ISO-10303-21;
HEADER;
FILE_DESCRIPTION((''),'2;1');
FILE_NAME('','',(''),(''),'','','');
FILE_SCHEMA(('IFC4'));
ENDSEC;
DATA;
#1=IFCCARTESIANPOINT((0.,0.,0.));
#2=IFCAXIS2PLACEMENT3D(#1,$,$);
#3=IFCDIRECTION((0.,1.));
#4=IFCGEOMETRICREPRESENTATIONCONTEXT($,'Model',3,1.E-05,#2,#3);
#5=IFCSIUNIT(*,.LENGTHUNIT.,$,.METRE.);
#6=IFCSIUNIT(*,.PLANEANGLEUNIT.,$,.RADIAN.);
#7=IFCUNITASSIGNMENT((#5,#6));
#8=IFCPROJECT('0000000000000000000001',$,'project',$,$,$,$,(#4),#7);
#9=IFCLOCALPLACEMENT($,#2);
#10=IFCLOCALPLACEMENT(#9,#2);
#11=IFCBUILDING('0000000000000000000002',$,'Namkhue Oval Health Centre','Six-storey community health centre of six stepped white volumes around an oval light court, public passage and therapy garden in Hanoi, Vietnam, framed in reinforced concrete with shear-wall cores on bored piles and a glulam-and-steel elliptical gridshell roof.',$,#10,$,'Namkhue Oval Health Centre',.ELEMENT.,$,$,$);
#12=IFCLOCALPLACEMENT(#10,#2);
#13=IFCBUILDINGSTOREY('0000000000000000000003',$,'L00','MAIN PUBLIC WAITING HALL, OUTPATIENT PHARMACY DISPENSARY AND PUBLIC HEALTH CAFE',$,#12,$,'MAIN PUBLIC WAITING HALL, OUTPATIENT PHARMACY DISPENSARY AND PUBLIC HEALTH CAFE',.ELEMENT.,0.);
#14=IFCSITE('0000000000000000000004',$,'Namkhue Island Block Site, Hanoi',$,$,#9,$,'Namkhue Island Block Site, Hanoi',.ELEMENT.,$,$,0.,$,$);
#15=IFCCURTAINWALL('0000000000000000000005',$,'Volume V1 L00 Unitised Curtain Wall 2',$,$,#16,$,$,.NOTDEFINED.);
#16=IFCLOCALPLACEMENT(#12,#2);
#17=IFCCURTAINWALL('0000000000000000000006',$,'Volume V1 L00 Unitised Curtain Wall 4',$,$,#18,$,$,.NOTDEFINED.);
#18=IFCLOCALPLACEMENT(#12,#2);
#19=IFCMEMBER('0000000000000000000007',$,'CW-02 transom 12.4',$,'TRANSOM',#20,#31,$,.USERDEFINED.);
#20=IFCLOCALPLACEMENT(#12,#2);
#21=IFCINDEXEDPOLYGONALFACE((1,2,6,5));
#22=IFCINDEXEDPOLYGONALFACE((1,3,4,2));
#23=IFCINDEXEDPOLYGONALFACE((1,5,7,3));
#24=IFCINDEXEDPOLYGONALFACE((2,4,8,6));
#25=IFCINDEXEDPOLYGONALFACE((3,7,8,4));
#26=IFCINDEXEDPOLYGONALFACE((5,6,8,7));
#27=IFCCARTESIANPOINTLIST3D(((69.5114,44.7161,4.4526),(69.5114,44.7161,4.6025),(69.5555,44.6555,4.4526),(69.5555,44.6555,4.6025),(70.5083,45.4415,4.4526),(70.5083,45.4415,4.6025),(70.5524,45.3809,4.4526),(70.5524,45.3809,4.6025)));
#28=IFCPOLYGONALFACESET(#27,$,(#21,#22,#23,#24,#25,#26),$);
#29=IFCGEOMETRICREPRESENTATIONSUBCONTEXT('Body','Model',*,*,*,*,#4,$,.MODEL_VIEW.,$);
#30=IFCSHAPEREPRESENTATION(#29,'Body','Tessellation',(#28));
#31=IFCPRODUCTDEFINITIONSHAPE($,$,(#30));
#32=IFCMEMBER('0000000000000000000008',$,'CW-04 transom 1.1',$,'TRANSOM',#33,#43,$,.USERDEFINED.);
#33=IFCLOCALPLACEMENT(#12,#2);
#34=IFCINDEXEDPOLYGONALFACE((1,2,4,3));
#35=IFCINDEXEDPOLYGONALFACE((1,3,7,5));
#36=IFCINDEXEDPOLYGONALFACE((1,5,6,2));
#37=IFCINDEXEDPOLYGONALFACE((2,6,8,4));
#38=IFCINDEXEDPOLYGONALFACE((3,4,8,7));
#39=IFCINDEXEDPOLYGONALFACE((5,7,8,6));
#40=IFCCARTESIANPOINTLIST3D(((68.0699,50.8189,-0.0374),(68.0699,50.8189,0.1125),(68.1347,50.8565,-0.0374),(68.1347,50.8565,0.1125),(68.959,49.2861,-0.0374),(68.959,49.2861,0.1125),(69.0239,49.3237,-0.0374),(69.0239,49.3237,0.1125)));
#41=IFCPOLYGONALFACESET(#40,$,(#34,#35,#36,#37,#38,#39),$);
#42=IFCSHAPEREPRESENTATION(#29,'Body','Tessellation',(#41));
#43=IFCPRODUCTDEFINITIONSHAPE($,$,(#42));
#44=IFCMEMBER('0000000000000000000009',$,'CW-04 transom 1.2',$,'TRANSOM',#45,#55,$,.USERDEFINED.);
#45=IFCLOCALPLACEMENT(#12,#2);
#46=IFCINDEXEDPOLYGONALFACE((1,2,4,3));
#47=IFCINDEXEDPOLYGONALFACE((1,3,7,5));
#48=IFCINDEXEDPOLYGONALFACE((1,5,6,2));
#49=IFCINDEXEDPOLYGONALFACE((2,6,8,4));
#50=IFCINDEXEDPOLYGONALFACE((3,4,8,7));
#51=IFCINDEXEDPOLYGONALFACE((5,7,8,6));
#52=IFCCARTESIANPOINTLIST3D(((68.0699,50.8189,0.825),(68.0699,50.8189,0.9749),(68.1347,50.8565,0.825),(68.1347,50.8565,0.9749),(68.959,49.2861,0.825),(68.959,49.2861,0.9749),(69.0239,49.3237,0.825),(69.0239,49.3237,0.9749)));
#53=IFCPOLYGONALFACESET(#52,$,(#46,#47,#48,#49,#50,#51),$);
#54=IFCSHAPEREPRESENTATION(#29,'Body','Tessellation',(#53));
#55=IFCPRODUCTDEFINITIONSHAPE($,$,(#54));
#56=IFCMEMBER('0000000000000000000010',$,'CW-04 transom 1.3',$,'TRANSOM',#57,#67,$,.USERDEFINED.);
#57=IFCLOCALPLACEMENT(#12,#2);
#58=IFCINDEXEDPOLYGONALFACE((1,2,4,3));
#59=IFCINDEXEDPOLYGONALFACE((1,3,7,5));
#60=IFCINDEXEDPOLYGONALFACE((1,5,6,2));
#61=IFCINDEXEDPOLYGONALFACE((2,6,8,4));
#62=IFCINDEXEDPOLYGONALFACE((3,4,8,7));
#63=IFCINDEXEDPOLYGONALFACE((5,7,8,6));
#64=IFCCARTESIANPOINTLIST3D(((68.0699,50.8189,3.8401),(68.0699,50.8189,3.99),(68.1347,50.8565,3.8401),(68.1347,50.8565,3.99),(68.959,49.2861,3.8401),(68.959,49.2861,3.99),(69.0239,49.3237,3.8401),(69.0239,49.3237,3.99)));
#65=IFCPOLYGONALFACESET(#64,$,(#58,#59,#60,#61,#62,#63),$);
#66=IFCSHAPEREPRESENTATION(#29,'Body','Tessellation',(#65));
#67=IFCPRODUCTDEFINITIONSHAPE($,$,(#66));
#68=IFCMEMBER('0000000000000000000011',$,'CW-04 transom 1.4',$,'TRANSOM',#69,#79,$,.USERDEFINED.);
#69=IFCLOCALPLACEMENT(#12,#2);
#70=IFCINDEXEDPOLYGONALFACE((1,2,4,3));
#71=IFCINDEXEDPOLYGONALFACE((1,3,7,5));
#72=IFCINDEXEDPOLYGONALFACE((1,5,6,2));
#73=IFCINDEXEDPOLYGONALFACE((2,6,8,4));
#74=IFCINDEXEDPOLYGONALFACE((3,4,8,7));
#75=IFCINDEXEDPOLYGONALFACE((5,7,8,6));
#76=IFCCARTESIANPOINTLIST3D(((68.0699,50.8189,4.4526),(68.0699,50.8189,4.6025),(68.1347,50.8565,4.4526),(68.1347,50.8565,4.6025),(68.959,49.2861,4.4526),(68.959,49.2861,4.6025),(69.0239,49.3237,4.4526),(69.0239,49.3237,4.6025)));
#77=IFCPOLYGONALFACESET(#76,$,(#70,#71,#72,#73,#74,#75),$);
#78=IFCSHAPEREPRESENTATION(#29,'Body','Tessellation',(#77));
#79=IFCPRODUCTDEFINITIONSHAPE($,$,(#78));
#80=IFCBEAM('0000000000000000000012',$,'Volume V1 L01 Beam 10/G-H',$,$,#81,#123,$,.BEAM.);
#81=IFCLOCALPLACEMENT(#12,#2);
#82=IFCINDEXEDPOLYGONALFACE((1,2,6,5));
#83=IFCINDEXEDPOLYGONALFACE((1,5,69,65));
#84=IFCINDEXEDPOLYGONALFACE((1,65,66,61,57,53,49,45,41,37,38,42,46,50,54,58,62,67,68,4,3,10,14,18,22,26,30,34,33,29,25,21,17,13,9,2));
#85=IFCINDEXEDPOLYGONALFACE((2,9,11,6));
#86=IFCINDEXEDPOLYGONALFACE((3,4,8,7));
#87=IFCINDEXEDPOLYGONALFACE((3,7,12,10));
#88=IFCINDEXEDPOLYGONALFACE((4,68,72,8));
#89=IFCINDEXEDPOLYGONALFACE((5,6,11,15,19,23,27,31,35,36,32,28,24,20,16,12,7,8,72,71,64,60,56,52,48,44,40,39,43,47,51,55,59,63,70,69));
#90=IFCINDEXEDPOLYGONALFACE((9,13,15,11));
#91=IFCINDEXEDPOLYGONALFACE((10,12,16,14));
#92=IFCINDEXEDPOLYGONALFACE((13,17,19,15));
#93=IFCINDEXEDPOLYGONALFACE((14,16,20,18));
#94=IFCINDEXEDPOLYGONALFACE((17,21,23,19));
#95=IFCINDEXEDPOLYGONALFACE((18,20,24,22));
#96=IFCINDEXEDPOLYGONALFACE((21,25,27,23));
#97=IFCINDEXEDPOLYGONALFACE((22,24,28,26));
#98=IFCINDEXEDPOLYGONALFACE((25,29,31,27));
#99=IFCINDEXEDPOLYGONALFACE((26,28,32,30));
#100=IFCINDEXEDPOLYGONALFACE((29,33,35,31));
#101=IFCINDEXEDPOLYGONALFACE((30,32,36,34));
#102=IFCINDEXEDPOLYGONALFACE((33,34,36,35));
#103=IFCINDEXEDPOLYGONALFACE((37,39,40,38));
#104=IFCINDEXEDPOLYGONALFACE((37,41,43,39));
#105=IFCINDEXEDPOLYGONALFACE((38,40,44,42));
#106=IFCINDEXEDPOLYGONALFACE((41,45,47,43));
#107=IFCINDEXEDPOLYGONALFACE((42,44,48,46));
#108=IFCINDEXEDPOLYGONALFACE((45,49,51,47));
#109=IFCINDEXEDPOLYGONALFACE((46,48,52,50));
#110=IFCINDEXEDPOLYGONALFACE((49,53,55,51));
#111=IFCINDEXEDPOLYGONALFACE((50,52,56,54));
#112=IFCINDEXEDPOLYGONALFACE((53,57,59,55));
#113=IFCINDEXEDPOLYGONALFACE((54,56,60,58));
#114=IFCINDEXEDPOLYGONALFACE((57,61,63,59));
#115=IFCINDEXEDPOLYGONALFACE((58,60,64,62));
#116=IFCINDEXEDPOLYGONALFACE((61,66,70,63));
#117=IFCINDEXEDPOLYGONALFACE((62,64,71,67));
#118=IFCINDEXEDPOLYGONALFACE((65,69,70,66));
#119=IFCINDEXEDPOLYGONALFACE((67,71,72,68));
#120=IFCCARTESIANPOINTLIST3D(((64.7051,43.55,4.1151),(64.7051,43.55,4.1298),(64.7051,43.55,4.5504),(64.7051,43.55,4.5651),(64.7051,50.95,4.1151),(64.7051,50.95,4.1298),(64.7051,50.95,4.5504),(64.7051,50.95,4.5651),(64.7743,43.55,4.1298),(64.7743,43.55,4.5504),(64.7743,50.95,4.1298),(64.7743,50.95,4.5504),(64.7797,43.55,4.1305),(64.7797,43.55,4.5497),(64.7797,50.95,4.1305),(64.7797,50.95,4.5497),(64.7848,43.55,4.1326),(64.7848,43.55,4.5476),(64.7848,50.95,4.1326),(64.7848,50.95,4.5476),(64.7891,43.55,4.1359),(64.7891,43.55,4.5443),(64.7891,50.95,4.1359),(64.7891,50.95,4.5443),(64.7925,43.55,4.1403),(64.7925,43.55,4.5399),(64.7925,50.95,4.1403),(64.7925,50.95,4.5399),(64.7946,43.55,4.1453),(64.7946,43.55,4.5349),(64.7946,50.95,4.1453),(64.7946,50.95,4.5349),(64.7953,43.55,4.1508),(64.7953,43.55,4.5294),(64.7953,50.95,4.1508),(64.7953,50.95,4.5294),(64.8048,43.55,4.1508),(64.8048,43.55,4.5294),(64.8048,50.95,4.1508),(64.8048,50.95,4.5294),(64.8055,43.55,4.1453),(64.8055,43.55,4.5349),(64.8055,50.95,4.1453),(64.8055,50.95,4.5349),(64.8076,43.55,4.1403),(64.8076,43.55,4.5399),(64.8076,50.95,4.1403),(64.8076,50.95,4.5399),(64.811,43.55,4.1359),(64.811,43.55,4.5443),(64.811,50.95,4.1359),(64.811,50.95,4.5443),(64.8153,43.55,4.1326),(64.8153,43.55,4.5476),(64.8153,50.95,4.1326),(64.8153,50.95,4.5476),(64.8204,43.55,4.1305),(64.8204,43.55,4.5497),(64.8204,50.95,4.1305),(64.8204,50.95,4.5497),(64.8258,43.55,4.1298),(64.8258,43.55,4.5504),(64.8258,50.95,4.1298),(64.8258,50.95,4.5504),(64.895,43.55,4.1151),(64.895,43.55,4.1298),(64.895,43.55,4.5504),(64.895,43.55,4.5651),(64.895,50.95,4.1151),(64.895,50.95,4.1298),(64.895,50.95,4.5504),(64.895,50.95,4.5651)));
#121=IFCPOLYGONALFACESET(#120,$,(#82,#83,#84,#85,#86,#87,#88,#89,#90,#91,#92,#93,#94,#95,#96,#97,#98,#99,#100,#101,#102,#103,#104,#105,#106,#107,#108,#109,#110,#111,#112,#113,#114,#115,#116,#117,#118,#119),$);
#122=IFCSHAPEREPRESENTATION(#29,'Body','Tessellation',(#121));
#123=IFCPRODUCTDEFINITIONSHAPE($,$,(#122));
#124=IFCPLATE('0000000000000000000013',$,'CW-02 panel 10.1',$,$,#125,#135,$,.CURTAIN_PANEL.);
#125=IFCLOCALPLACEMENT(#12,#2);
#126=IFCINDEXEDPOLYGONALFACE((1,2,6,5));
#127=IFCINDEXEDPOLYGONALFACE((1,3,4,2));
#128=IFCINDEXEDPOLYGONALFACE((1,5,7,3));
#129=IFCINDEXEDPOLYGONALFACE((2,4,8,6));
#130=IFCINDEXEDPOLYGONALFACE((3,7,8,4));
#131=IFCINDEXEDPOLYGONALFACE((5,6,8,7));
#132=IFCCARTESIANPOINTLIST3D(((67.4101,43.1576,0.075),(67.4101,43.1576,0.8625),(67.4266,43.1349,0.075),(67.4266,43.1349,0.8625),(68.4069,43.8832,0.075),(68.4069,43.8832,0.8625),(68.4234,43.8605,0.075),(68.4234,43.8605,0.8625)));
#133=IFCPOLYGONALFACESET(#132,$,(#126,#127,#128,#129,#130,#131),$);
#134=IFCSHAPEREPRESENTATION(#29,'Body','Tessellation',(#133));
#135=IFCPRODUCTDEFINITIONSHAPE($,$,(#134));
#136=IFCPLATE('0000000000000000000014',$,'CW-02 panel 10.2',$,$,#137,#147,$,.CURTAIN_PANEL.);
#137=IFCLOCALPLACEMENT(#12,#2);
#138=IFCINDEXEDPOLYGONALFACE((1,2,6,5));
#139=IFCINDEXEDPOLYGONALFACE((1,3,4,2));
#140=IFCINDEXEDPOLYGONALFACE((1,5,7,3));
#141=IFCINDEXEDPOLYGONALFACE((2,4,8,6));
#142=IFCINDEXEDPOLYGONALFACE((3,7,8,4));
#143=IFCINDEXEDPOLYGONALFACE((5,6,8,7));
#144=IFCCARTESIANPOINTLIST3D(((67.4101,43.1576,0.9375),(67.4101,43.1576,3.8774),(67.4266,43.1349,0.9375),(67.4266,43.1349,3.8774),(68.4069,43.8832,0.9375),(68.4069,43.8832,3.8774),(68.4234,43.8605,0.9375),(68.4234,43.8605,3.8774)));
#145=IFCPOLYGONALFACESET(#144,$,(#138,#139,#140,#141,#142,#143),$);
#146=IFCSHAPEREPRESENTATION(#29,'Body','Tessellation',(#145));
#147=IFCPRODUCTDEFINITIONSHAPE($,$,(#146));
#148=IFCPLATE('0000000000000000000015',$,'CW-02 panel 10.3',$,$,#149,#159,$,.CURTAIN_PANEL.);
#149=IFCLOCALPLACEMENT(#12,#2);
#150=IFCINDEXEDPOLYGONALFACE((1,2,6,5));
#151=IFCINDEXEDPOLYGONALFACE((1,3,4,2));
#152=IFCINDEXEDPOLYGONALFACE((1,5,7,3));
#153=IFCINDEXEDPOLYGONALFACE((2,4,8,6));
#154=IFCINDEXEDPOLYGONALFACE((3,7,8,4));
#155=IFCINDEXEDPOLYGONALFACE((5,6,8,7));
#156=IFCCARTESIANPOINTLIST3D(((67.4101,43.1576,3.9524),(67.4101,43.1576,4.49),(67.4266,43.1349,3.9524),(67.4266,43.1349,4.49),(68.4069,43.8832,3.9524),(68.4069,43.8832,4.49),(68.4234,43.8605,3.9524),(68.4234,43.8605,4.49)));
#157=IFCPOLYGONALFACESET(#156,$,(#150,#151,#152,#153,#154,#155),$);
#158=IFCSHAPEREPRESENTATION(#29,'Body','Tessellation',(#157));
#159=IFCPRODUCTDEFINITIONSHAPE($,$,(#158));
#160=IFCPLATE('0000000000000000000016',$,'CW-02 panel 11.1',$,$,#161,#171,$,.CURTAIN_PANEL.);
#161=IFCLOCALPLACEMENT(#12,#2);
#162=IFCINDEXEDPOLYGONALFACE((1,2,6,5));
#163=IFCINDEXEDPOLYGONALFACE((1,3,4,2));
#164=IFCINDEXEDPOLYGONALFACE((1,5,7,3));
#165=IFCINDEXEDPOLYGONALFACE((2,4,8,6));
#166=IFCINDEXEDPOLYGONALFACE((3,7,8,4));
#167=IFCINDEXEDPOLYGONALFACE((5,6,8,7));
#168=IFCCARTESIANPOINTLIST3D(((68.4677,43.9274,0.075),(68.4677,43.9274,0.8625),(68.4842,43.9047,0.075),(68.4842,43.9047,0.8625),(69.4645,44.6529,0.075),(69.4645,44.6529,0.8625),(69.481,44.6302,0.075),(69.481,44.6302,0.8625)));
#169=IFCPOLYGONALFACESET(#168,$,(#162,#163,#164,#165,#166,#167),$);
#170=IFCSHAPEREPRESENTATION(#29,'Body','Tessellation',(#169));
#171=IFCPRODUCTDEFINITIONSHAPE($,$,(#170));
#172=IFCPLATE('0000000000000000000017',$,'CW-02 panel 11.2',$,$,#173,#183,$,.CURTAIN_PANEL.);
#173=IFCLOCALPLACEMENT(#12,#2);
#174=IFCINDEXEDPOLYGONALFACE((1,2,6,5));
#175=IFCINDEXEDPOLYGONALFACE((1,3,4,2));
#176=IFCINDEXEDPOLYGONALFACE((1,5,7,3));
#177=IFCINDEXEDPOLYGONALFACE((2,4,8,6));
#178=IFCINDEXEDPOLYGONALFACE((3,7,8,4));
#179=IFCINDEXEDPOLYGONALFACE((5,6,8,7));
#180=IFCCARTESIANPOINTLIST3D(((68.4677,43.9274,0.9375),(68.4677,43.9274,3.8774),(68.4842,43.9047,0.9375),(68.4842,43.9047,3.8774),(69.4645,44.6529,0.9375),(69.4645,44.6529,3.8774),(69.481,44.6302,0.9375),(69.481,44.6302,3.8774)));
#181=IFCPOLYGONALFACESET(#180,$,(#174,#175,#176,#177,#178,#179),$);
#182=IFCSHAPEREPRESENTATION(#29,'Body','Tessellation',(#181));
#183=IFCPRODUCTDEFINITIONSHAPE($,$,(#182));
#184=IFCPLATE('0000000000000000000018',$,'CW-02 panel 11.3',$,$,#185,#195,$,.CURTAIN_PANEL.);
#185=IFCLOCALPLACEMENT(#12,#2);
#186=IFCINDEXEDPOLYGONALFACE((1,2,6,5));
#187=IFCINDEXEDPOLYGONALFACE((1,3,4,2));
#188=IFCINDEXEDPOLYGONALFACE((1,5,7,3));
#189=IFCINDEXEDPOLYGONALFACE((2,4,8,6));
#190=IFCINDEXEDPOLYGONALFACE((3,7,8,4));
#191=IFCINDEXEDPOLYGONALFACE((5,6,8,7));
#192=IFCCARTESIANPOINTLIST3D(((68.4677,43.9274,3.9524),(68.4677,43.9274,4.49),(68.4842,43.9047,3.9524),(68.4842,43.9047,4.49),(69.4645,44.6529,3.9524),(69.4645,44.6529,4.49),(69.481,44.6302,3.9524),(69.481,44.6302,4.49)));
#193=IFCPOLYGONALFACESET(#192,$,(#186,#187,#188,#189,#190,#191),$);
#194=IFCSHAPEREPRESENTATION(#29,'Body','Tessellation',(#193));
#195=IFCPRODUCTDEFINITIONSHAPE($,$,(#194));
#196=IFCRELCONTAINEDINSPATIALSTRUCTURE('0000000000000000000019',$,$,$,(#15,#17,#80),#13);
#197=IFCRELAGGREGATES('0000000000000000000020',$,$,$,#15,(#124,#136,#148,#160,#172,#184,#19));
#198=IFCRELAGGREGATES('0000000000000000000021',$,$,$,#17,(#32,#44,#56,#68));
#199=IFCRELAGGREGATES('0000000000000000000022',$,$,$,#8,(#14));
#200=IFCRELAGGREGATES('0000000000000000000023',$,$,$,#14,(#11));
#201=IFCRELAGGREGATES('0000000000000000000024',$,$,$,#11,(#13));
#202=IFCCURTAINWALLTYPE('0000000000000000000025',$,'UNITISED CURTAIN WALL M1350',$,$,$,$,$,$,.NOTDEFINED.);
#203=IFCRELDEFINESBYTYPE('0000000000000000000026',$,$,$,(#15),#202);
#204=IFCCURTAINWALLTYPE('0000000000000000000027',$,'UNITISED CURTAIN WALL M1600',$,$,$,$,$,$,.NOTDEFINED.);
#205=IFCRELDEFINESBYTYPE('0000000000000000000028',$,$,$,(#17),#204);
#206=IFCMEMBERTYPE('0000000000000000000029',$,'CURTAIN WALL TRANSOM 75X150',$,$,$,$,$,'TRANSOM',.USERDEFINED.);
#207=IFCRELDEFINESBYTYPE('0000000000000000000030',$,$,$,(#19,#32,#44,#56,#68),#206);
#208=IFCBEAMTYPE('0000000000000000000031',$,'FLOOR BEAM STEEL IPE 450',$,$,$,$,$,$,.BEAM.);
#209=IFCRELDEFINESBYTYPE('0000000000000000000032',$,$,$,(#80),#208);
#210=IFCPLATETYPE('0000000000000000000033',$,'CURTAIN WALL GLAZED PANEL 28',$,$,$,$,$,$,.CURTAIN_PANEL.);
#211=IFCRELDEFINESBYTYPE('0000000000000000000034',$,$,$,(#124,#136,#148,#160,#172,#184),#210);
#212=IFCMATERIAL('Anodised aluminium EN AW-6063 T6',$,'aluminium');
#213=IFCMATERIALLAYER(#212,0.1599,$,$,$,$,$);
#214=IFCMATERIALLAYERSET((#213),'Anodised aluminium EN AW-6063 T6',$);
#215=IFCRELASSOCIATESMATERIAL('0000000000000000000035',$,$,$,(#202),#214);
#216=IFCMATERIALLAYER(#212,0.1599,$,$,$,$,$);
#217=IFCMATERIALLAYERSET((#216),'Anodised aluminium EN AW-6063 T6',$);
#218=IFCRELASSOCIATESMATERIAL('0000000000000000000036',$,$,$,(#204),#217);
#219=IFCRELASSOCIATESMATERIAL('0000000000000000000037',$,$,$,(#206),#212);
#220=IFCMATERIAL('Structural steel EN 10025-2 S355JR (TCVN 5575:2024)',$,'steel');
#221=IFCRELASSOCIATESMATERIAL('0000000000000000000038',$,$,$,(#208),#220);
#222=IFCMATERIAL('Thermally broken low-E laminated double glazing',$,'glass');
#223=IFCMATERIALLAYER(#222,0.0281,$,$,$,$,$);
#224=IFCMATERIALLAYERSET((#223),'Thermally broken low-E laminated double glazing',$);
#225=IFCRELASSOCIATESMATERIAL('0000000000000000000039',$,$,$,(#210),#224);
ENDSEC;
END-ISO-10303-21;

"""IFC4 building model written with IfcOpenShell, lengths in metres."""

from ifc_helpers import new_model, si_unit, direction, frame, origin, origin_2d, place, context, subcontext, project, spatial, rectangle, i_section, extrude, material, layer, layer_set, material_profile, profile_set, type_object, element, aggregate, save


model = new_model("IFC4")

# Units and contexts
model_context = context("Model", 3, precision=1e-05, world=origin(), true_north=direction((0.0, 1.0)))
body_context = subcontext(model_context, "Body", "Model", "MODEL_VIEW")
ifc_project = project(units=[si_unit("LENGTHUNIT", "METRE"), si_unit("PLANEANGLEUNIT", "RADIAN")], contexts=[model_context])

# Site, building, storey
site_placement = place(None, origin())
site = spatial("IfcSite", under=ifc_project, at=site_placement, Name="Namkhue Island Block Site, Hanoi", LongName="Namkhue Island Block Site, Hanoi", CompositionType="ELEMENT", RefElevation=0.0)
building_placement = place(site_placement, origin())
building = spatial("IfcBuilding", under=site, at=building_placement, Name="Namkhue Oval Health Centre", Description="Six-storey community health centre of six stepped white volumes around an oval light court, public passage and therapy garden in Hanoi, Vietnam, framed in reinforced concrete with shear-wall cores on bored piles and a glulam-and-steel elliptical gridshell roof.", LongName="Namkhue Oval Health Centre", CompositionType="ELEMENT")
storey_placement = place(building_placement, origin())
storey = spatial("IfcBuildingStorey", under=building, at=storey_placement, Name="L00", Description="MAIN PUBLIC WAITING HALL, OUTPATIENT PHARMACY DISPENSARY AND PUBLIC HEALTH CAFE", LongName="MAIN PUBLIC WAITING HALL, OUTPATIENT PHARMACY DISPENSARY AND PUBLIC HEALTH CAFE", CompositionType="ELEMENT", Elevation=0.0)

# Shared definitions
ifc_material_1 = material(Name="Anodised aluminium EN AW-6063 T6", Category="aluminium")

# Curtain walls
ifc_layer_1 = layer(ifc_material_1, 0.1599)
ifc_layer_set_1 = layer_set([ifc_layer_1], Name="Anodised aluminium EN AW-6063 T6")
curtain_wall_type_1 = type_object("IfcCurtainWallType", Name="UNITISED CURTAIN WALL M1350", PredefinedType="NOTDEFINED", material=ifc_layer_set_1)
curtain_wall_1_placement = place(storey_placement, origin())
curtain_wall_1 = element("IfcCurtainWall", 1, at=curtain_wall_1_placement, inside=storey, type_object=curtain_wall_type_1, Name="Volume V1 L00 Unitised Curtain Wall 2", PredefinedType="NOTDEFINED")
ifc_layer_2 = layer(ifc_material_1, 0.1599)
ifc_layer_set_2 = layer_set([ifc_layer_2], Name="Anodised aluminium EN AW-6063 T6")
curtain_wall_type_2 = type_object("IfcCurtainWallType", Name="UNITISED CURTAIN WALL M1600", PredefinedType="NOTDEFINED", material=ifc_layer_set_2)
curtain_wall_2_placement = place(storey_placement, origin())
curtain_wall_2 = element("IfcCurtainWall", 2, at=curtain_wall_2_placement, inside=storey, type_object=curtain_wall_type_2, Name="Volume V1 L00 Unitised Curtain Wall 4", PredefinedType="NOTDEFINED")

# Members
ifc_material_profile_1 = material_profile(ifc_material_1, rectangle(XDim=0.075, YDim=0.1499, at=origin_2d()), Name="ALU 75x150")
ifc_profile_set_1 = profile_set([ifc_material_profile_1], Name="Anodised aluminium EN AW-6063 T6")
member_type_1 = type_object("IfcMemberType", Name="CURTAIN WALL TRANSOM 75X150", ElementType="TRANSOM", PredefinedType="USERDEFINED", material=ifc_profile_set_1)
member_1_placement = place(storey_placement, frame((69.5334, 44.6858, 4.5276), z_axis=(0.80859, 0.588372, 0.0), x_axis=(-0.588372, 0.80859, 0.0)))
member_1 = element("IfcMember", 3, at=member_1_placement, type_object=member_type_1, Name="CW-02 transom 12.4", ObjectType="TRANSOM", PredefinedType="USERDEFINED", context=body_context, shape_type="SweptSolid", body=[
    extrude(rectangle(XDim=0.075, YDim=0.1499, at=origin_2d()), origin(), (0.0, 0.0, 1.0), 1.2329),
])
member_2_placement = place(storey_placement, frame((68.9915, 49.3049, 0.0376), z_axis=(-0.501796, 0.864986, 0.0), x_axis=(-0.864986, -0.501796, 0.0)))
member_2 = element("IfcMember", 4, at=member_2_placement, type_object=member_type_1, Name="CW-04 transom 1.1", ObjectType="TRANSOM", PredefinedType="USERDEFINED", context=body_context, shape_type="SweptSolid", body=[
    extrude(rectangle(XDim=0.075, YDim=0.1499, at=origin_2d()), origin(), (0.0, 0.0, 1.0), 1.772),
])
member_3_placement = place(storey_placement, frame((68.9915, 49.3049, 0.8999), z_axis=(-0.501796, 0.864986, 0.0), x_axis=(-0.864986, -0.501796, 0.0)))
member_3 = element("IfcMember", 5, at=member_3_placement, type_object=member_type_1, Name="CW-04 transom 1.2", ObjectType="TRANSOM", PredefinedType="USERDEFINED", context=body_context, shape_type="SweptSolid", body=[
    extrude(rectangle(XDim=0.075, YDim=0.1499, at=origin_2d()), origin(), (0.0, 0.0, 1.0), 1.772),
])
member_4_placement = place(storey_placement, frame((68.9915, 49.3049, 3.915), z_axis=(-0.501796, 0.864986, 0.0), x_axis=(-0.864986, -0.501796, 0.0)))
member_4 = element("IfcMember", 6, at=member_4_placement, type_object=member_type_1, Name="CW-04 transom 1.3", ObjectType="TRANSOM", PredefinedType="USERDEFINED", context=body_context, shape_type="SweptSolid", body=[
    extrude(rectangle(XDim=0.075, YDim=0.1499, at=origin_2d()), origin(), (0.0, 0.0, 1.0), 1.772),
])
member_5_placement = place(storey_placement, frame((68.9915, 49.3049, 4.5276), z_axis=(-0.501796, 0.864986, 0.0), x_axis=(-0.864986, -0.501796, 0.0)))
member_5 = element("IfcMember", 7, at=member_5_placement, type_object=member_type_1, Name="CW-04 transom 1.4", ObjectType="TRANSOM", PredefinedType="USERDEFINED", context=body_context, shape_type="SweptSolid", body=[
    extrude(rectangle(XDim=0.075, YDim=0.1499, at=origin_2d()), origin(), (0.0, 0.0, 1.0), 1.772),
])

# Beam
ifc_material_2 = material(Name="Structural steel EN 10025-2 S355JR (TCVN 5575:2024)", Category="steel")
ifc_material_profile_2 = material_profile(ifc_material_2, i_section(OverallWidth=0.1899, OverallDepth=0.45, WebThickness=0.0095, FlangeThickness=0.0146, FilletRadius=0.021, at=origin_2d()), Name="IPE 450")
ifc_profile_set_2 = profile_set([ifc_material_profile_2], Name="Structural steel EN 10025-2 S355JR (TCVN 5575:2024)")
beam_type = type_object("IfcBeamType", Name="FLOOR BEAM STEEL IPE 450", PredefinedType="BEAM", material=ifc_profile_set_2)
beam_placement = place(storey_placement, frame((64.8, 43.55, 4.3401), z_axis=(0.0, 1.0, 0.0), x_axis=(-1.0, 0.0, 0.0)))
element("IfcBeam", 8, at=beam_placement, inside=storey, type_object=beam_type, Name="Volume V1 L01 Beam 10/G-H", PredefinedType="BEAM", context=body_context, shape_type="SweptSolid", body=[
    extrude(i_section(OverallWidth=0.1899, OverallDepth=0.45, WebThickness=0.0095, FlangeThickness=0.0146, FilletRadius=0.021, at=origin_2d()), origin(), (0.0, 0.0, 1.0), 7.3999),
])

# Plates
ifc_material_3 = material(Name="Thermally broken low-E laminated double glazing", Category="glass")
ifc_layer_3 = layer(ifc_material_3, 0.0281)
ifc_layer_set_3 = layer_set([ifc_layer_3], Name="Thermally broken low-E laminated double glazing")
plate_type_1 = type_object("IfcPlateType", Name="CURTAIN WALL GLAZED PANEL 28", PredefinedType="CURTAIN_PANEL", material=ifc_layer_set_3)
plate_1_placement = place(storey_placement, frame((67.9167, 43.509, 0.075), z_axis=(0.0, 0.0, 1.0), x_axis=(0.808514, 0.588477, 0.0)))
plate_1 = element("IfcPlate", 9, at=plate_1_placement, type_object=plate_type_1, Name="CW-02 panel 10.1", PredefinedType="CURTAIN_PANEL", context=body_context, shape_type="SweptSolid", body=[
    extrude(rectangle(XDim=1.2329, YDim=0.0281, at=origin_2d()), origin(), (0.0, 0.0, 1.0), 0.7876),
])
plate_2_placement = place(storey_placement, frame((67.9167, 43.509, 0.9375), z_axis=(0.0, 0.0, 1.0), x_axis=(0.808514, 0.588477, 0.0)))
plate_2 = element("IfcPlate", 10, at=plate_2_placement, type_object=plate_type_1, Name="CW-02 panel 10.2", PredefinedType="CURTAIN_PANEL", context=body_context, shape_type="SweptSolid", body=[
    extrude(rectangle(XDim=1.2329, YDim=0.0281, at=origin_2d()), origin(), (0.0, 0.0, 1.0), 2.9399),
])
plate_3_placement = place(storey_placement, frame((67.9167, 43.509, 3.9524), z_axis=(0.0, 0.0, 1.0), x_axis=(0.808514, 0.588477, 0.0)))
plate_3 = element("IfcPlate", 11, at=plate_3_placement, type_object=plate_type_1, Name="CW-02 panel 10.3", PredefinedType="CURTAIN_PANEL", context=body_context, shape_type="SweptSolid", body=[
    extrude(rectangle(XDim=1.2329, YDim=0.0281, at=origin_2d()), origin(), (0.0, 0.0, 1.0), 0.5376),
])
plate_4_placement = place(storey_placement, frame((68.9744, 44.2788, 0.075), z_axis=(0.0, 0.0, 1.0), x_axis=(0.808514, 0.588477, 0.0)))
plate_4 = element("IfcPlate", 12, at=plate_4_placement, type_object=plate_type_1, Name="CW-02 panel 11.1", PredefinedType="CURTAIN_PANEL", context=body_context, shape_type="SweptSolid", body=[
    extrude(rectangle(XDim=1.2329, YDim=0.0281, at=origin_2d()), origin(), (0.0, 0.0, 1.0), 0.7876),
])
plate_5_placement = place(storey_placement, frame((68.9744, 44.2788, 0.9375), z_axis=(0.0, 0.0, 1.0), x_axis=(0.808514, 0.588477, 0.0)))
plate_5 = element("IfcPlate", 13, at=plate_5_placement, type_object=plate_type_1, Name="CW-02 panel 11.2", PredefinedType="CURTAIN_PANEL", context=body_context, shape_type="SweptSolid", body=[
    extrude(rectangle(XDim=1.2329, YDim=0.0281, at=origin_2d()), origin(), (0.0, 0.0, 1.0), 2.9399),
])
plate_6_placement = place(storey_placement, frame((68.9744, 44.2788, 3.9524), z_axis=(0.0, 0.0, 1.0), x_axis=(0.808514, 0.588477, 0.0)))
plate_6 = element("IfcPlate", 14, at=plate_6_placement, type_object=plate_type_1, Name="CW-02 panel 11.3", PredefinedType="CURTAIN_PANEL", context=body_context, shape_type="SweptSolid", body=[
    extrude(rectangle(XDim=1.2329, YDim=0.0281, at=origin_2d()), origin(), (0.0, 0.0, 1.0), 0.5376),
])
aggregate(curtain_wall_1, [plate_1, plate_2, plate_3, plate_4, plate_5, plate_6, member_1])
aggregate(curtain_wall_2, [member_2, member_3, member_4, member_5])

save(model, "model.ifc")
